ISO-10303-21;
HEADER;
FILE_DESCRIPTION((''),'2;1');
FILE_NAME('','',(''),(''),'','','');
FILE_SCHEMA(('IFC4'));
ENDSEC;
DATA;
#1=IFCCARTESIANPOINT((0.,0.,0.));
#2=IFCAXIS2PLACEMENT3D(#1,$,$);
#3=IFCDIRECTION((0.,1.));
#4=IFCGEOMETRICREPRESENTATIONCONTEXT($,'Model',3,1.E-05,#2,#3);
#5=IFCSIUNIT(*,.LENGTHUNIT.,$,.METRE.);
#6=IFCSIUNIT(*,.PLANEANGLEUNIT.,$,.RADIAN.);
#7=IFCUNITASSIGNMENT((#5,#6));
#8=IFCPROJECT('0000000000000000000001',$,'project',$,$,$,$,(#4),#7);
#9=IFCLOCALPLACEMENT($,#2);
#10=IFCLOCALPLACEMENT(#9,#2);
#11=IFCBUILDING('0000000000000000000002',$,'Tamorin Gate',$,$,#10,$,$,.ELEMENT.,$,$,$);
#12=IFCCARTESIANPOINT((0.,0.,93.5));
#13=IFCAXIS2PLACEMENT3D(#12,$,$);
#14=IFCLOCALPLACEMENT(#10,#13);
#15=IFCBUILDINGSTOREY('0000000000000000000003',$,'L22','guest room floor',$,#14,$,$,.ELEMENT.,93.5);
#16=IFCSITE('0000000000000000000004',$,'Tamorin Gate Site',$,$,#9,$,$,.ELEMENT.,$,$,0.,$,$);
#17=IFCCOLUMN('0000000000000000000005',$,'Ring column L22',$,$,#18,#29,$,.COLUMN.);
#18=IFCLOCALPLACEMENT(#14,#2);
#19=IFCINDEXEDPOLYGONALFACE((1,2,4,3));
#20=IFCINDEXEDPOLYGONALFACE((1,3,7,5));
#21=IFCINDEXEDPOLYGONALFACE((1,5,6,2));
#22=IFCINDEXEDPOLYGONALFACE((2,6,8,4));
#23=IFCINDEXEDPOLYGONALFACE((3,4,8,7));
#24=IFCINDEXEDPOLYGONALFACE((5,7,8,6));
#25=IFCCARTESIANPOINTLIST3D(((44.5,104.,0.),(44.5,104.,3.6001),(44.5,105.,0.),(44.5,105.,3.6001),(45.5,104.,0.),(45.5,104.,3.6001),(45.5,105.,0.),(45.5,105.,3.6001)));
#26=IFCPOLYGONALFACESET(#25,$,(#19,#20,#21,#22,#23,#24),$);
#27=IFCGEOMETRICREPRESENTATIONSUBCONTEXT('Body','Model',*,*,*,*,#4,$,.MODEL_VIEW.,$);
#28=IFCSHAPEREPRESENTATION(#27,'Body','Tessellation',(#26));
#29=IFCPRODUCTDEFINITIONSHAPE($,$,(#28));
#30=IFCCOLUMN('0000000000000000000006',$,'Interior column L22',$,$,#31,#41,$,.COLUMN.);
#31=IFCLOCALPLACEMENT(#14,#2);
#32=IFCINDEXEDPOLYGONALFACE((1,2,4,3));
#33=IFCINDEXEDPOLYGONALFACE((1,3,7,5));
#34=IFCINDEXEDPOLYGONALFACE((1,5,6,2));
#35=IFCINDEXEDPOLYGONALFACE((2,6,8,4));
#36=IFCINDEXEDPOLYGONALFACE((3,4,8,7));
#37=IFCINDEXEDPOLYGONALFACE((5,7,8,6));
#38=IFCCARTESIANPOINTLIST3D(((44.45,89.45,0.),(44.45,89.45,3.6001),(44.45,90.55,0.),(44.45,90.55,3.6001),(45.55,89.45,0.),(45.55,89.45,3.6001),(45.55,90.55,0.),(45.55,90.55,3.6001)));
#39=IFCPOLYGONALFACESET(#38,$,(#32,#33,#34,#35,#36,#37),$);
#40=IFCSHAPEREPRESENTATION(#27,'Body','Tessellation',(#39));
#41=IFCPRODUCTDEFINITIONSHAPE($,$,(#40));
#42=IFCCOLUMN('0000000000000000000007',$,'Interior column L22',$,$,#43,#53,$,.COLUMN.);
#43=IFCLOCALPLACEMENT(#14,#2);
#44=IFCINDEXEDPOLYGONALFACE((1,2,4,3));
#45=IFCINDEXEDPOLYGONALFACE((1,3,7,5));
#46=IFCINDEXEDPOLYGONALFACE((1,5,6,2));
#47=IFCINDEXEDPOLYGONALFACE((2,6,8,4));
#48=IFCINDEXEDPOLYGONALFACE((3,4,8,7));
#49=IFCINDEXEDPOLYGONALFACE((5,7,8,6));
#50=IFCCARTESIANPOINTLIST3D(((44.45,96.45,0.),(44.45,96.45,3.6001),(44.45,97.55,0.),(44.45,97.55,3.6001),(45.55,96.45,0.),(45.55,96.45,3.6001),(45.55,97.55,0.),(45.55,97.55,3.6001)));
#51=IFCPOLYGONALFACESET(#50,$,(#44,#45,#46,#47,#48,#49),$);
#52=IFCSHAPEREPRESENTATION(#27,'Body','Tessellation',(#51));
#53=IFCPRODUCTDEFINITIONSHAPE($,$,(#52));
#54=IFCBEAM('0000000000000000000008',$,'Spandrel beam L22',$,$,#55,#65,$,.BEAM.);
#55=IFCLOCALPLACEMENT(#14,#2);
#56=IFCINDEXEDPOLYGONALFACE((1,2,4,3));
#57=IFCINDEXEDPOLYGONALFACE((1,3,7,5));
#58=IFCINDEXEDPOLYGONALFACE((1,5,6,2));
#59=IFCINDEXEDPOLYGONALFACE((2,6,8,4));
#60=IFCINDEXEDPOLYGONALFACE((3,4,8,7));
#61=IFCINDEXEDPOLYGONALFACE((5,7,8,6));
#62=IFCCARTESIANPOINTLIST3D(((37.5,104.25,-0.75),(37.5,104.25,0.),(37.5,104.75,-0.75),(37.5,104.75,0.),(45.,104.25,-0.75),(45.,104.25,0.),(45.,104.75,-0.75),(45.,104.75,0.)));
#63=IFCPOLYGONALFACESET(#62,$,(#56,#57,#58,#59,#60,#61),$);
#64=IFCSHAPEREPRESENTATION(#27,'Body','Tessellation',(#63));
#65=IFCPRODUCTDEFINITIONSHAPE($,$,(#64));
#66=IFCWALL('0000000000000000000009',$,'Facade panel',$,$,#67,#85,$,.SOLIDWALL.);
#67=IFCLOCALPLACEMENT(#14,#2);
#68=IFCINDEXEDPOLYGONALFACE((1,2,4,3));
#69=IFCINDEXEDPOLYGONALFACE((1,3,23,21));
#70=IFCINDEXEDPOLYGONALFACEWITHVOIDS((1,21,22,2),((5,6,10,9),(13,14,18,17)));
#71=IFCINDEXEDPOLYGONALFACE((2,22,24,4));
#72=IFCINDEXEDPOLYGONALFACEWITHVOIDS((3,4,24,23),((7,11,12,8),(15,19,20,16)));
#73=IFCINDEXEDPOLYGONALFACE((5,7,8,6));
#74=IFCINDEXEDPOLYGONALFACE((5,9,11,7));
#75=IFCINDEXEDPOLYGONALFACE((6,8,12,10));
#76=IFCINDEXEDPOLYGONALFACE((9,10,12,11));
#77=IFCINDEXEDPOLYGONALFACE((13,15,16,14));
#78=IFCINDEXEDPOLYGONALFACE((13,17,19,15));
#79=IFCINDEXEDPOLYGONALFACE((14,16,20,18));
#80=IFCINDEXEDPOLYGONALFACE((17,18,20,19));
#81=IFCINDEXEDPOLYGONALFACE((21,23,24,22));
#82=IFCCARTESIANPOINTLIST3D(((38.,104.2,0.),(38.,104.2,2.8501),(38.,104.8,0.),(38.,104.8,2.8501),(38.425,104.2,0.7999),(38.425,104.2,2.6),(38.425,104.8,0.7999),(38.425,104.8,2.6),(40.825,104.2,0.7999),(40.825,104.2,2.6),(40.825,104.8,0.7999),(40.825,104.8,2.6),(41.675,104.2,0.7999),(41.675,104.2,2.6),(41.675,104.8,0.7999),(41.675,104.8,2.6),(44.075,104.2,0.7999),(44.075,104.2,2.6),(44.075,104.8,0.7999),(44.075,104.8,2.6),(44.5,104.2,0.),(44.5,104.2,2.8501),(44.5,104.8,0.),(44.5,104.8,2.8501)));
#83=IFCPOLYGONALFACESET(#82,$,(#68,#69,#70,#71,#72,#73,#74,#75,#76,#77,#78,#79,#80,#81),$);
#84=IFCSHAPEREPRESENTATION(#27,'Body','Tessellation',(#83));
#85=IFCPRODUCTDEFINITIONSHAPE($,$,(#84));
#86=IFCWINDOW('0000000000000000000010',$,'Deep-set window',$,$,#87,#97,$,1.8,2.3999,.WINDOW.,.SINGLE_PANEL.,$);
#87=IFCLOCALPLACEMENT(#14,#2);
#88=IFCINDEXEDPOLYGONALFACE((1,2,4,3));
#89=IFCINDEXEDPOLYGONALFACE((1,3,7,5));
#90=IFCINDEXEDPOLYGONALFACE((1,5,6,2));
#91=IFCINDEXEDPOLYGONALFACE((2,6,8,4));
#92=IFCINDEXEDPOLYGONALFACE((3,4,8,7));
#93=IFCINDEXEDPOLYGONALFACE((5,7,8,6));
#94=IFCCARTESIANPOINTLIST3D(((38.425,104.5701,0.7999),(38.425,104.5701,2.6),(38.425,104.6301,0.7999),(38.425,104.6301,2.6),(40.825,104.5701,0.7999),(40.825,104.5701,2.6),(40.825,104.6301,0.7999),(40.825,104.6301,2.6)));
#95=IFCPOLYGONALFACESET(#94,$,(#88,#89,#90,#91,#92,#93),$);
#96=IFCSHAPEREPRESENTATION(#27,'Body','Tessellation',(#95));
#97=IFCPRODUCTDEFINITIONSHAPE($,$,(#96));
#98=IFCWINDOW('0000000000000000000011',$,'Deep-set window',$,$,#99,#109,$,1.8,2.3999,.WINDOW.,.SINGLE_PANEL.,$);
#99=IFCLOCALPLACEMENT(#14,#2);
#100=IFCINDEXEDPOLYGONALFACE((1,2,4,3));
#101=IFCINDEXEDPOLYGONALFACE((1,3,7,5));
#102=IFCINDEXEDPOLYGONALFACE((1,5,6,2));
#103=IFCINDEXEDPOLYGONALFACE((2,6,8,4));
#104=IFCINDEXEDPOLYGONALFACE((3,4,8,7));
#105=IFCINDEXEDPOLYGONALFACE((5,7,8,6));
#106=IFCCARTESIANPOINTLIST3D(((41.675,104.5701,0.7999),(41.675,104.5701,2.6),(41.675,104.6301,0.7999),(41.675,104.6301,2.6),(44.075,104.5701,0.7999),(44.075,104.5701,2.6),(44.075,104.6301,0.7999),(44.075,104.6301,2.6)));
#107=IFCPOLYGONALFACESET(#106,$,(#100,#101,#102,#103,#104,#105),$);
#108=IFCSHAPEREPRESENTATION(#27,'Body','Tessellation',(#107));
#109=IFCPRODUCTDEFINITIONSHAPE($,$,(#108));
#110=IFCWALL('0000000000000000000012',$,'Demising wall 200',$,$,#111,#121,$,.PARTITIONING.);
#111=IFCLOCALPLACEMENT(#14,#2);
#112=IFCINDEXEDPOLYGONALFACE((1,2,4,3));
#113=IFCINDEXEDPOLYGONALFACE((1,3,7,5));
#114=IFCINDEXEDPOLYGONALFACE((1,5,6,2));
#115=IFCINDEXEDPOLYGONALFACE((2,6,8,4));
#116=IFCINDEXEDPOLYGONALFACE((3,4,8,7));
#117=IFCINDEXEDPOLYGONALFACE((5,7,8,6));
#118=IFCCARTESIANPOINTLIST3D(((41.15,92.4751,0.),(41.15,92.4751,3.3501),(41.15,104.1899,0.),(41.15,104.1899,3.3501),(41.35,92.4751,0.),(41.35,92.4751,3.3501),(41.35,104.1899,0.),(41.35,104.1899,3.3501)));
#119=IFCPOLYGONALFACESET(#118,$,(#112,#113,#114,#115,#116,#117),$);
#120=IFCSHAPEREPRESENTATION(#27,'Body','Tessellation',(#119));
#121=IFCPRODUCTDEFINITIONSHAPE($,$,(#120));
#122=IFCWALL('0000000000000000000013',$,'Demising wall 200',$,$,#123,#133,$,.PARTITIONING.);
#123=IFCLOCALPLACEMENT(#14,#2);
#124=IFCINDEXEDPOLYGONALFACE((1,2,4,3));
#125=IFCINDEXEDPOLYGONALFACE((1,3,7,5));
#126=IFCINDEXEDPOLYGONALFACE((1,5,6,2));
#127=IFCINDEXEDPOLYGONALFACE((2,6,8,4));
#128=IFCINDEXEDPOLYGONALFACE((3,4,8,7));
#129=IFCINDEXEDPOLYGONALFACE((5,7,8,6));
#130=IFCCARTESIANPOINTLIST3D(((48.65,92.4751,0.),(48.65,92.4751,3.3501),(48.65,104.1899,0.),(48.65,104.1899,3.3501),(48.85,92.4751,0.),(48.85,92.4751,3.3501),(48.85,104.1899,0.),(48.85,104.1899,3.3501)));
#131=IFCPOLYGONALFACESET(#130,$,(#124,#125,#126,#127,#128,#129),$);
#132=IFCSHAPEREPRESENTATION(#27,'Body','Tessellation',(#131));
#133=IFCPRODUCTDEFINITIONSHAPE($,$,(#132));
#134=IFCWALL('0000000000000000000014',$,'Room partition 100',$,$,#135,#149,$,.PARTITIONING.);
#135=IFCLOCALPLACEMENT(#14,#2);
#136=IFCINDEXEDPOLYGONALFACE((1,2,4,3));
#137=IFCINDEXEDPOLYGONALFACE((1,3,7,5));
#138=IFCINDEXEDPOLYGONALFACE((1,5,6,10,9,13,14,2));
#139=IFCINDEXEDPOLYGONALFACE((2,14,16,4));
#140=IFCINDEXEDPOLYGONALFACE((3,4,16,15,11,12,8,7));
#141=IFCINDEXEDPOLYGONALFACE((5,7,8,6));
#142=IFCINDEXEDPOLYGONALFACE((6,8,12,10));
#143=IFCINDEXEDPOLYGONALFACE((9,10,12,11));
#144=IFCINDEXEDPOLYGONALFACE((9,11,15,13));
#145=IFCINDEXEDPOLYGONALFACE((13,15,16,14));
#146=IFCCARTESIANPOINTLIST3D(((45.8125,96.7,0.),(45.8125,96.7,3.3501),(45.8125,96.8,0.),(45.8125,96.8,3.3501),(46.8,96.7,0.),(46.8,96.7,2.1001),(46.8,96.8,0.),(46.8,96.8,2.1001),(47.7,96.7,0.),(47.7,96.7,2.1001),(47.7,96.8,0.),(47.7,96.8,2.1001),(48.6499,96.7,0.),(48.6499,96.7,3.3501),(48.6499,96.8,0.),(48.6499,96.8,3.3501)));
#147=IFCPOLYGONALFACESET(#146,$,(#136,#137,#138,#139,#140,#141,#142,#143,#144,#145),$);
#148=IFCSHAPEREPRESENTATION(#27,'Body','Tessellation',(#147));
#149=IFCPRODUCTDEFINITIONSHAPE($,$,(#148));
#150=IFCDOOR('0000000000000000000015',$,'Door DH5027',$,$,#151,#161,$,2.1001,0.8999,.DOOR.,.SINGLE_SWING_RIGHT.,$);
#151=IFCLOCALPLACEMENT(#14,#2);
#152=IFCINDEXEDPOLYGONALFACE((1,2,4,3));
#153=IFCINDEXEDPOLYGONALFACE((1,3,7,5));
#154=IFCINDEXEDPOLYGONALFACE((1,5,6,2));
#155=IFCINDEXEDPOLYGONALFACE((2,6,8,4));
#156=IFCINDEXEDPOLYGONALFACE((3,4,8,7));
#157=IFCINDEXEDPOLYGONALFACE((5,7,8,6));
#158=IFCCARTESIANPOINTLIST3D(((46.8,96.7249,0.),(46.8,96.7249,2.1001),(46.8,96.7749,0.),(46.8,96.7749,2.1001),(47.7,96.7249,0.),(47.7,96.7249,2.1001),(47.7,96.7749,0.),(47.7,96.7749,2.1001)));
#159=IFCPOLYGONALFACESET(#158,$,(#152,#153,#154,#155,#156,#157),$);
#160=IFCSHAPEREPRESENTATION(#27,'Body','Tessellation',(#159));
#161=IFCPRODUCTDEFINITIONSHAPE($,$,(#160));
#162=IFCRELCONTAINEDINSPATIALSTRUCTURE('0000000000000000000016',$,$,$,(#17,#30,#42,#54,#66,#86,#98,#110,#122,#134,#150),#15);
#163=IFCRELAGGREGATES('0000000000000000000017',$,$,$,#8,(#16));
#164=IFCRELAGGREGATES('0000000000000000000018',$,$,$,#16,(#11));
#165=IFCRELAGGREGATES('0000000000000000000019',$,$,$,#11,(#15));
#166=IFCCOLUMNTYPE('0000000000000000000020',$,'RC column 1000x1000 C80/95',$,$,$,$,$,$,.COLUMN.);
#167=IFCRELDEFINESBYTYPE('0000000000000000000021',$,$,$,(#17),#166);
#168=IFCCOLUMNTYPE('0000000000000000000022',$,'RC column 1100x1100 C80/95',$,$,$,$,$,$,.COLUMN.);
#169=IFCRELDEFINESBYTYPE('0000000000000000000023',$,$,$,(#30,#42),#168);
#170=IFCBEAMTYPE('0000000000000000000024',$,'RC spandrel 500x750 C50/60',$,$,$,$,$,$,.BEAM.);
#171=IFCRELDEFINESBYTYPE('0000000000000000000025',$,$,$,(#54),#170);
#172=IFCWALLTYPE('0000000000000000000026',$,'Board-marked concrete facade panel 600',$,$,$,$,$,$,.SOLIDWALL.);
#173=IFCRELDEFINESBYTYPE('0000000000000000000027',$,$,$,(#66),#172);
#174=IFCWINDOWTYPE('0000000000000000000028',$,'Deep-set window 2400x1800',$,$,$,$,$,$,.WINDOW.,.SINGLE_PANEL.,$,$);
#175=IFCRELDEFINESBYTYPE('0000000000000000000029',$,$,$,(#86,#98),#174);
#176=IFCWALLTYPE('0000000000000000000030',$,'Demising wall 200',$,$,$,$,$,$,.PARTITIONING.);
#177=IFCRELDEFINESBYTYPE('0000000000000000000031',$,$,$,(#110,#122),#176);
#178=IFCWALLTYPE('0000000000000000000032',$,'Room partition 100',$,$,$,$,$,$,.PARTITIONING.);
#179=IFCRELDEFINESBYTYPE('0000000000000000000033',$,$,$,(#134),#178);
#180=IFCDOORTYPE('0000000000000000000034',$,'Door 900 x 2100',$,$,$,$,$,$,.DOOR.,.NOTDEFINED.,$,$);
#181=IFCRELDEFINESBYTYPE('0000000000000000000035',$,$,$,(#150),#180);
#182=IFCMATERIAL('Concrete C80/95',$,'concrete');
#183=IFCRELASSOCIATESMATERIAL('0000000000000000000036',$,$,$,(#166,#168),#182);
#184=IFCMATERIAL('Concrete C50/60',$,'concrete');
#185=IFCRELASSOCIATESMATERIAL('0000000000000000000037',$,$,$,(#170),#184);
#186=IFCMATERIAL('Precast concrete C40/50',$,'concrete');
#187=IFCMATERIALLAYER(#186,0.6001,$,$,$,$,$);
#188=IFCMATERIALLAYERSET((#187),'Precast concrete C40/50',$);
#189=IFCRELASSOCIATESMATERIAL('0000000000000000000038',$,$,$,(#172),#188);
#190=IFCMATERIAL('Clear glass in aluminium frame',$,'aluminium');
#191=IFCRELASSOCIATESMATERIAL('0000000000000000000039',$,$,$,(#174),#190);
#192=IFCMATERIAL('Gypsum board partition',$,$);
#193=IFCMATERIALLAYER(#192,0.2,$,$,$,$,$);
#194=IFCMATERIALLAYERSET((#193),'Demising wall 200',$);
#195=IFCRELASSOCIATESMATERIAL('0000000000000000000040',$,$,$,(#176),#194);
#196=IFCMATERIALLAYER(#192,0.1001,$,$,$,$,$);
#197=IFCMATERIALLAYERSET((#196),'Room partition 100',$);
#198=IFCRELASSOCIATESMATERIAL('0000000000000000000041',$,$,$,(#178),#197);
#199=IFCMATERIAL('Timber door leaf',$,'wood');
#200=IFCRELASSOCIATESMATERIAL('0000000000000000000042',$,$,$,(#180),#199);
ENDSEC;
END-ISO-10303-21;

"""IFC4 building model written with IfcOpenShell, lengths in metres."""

from ifc_helpers import new_model, si_unit, direction, frame, frame_2d, origin, origin_2d, place, context, subcontext, project, spatial, rectangle, extrude, material, layer, layer_set, material_profile, profile_set, type_object, element, fill, save


model = new_model("IFC4")

# Units and contexts
model_context = context("Model", 3, precision=1e-05, world=origin(), true_north=direction((0.0, 1.0)))
body_context = subcontext(model_context, "Body", "Model", "MODEL_VIEW")
ifc_project = project(units=[si_unit("LENGTHUNIT", "METRE"), si_unit("PLANEANGLEUNIT", "RADIAN")], contexts=[model_context])

# Site, building, storey
site_placement = place(None, origin())
site = spatial("IfcSite", under=ifc_project, at=site_placement, Name="Tamorin Gate Site", CompositionType="ELEMENT", RefElevation=0.0)
building_placement = place(site_placement, origin())
building = spatial("IfcBuilding", under=site, at=building_placement, Name="Tamorin Gate", CompositionType="ELEMENT")
storey_placement = place(building_placement, frame((0.0, 0.0, 93.5)))
storey = spatial("IfcBuildingStorey", under=building, at=storey_placement, Name="L22", Description="guest room floor", CompositionType="ELEMENT", Elevation=93.5)

# Columns
ifc_material_1 = material(Name="Concrete C80/95", Category="concrete")
ifc_material_profile_1 = material_profile(ifc_material_1, rectangle(XDim=1.0, YDim=1.0, at=origin_2d()), Name="RC 1000x1000")
ifc_profile_set_1 = profile_set([ifc_material_profile_1], Name="Concrete C80/95")
column_type_1 = type_object("IfcColumnType", Name="RC column 1000x1000 C80/95", PredefinedType="COLUMN", material=ifc_profile_set_1)
column_placement = place(storey_placement, frame((45.0, 104.5, 0.0), z_axis=(0.0, 0.0, 1.0), x_axis=(1.0, 0.0, 0.0)))
element("IfcColumn", 1, at=column_placement, inside=storey, type_object=column_type_1, Name="Ring column L22", PredefinedType="COLUMN", context=body_context, shape_type="SweptSolid", body=[
    extrude(rectangle(XDim=1.0, YDim=1.0, at=origin_2d()), origin(), (0.0, 0.0, 1.0), 3.6001),
])
ifc_material_profile_2 = material_profile(ifc_material_1, rectangle(XDim=1.1001, YDim=1.1001, at=origin_2d()), Name="RC 1100x1100")
ifc_profile_set_2 = profile_set([ifc_material_profile_2], Name="Concrete C80/95")
column_type_2 = type_object("IfcColumnType", Name="RC column 1100x1100 C80/95", PredefinedType="COLUMN", material=ifc_profile_set_2)
for number, where, z_axis, x_axis, name in (
    (2, (45.0, 90.0, 0.0), (0.0, 0.0, 1.0), (1.0, 0.0, 0.0), "Interior column L22"),
    (3, (45.0, 97.0, 0.0), (0.0, 0.0, 1.0), (1.0, 0.0, 0.0), "Interior column L22"),
):
    element("IfcColumn", number, at=place(storey_placement, frame(where, z_axis=z_axis, x_axis=x_axis)), inside=storey, type_object=column_type_2, Name=name, PredefinedType="COLUMN", context=body_context, shape_type="SweptSolid", body=[
        extrude(rectangle(XDim=1.1001, YDim=1.1001, at=origin_2d()), origin(), (0.0, 0.0, 1.0), 3.6001),
    ])

# Beam
ifc_material_2 = material(Name="Concrete C50/60", Category="concrete")
ifc_material_profile_3 = material_profile(ifc_material_2, rectangle(XDim=0.5, YDim=0.75, at=origin_2d()), Name="RC 500x750")
ifc_profile_set_3 = profile_set([ifc_material_profile_3], Name="Concrete C50/60")
beam_type = type_object("IfcBeamType", Name="RC spandrel 500x750 C50/60", PredefinedType="BEAM", material=ifc_profile_set_3)
beam_placement = place(storey_placement, frame((45.0, 104.5, -0.375), z_axis=(-1.0, 0.0, 0.0), x_axis=(0.0, -1.0, 0.0)))
element("IfcBeam", 4, at=beam_placement, inside=storey, type_object=beam_type, Name="Spandrel beam L22", PredefinedType="BEAM", context=body_context, shape_type="SweptSolid", body=[
    extrude(rectangle(XDim=0.5, YDim=0.75, at=origin_2d()), origin(), (0.0, 0.0, 1.0), 7.5),
])

# Wall, openings, windows
ifc_material_3 = material(Name="Precast concrete C40/50", Category="concrete")
ifc_layer_1 = layer(ifc_material_3, 0.6001)
ifc_layer_set_1 = layer_set([ifc_layer_1], Name="Precast concrete C40/50")
wall_type_1 = type_object("IfcWallType", Name="Board-marked concrete facade panel 600", PredefinedType="SOLIDWALL", material=ifc_layer_set_1)
wall_1_placement = place(storey_placement, frame((44.5, 104.5, 0.0), z_axis=(0.0, 0.0, 1.0), x_axis=(-1.0, 0.0, 0.0)))
wall_1 = element("IfcWall", 5, at=wall_1_placement, inside=storey, type_object=wall_type_1, Name="Facade panel", PredefinedType="SOLIDWALL", context=body_context, shape_type="SweptSolid", body=[
    extrude(rectangle(XDim=6.5, YDim=0.6001, at=frame_2d((3.25, 0.0))), origin(), (0.0, 0.0, 1.0), 2.8501),
])
opening_1_placement = place(wall_1_placement, frame((3.675, 0.0, 0.8)))
opening_1 = element("IfcOpeningElement", 6, at=opening_1_placement, cuts=wall_1, PredefinedType="OPENING", context=body_context, shape_type="SweptSolid", body=[
    extrude(rectangle(XDim=2.3999, YDim=1.8, at=frame_2d((1.2, 0.8999))), frame((0.0, 0.3101, 0.0), z_axis=(0.0, -1.0, 0.0), x_axis=(1.0, 0.0, 0.0)), (0.0, 0.0, 1.0), 0.6201),
])
opening_2_placement = place(wall_1_placement, frame((0.425, 0.0, 0.8)))
opening_2 = element("IfcOpeningElement", 7, at=opening_2_placement, cuts=wall_1, PredefinedType="OPENING", context=body_context, shape_type="SweptSolid", body=[
    extrude(rectangle(XDim=2.3999, YDim=1.8, at=frame_2d((1.2, 0.8999))), frame((0.0, 0.3101, 0.0), z_axis=(0.0, -1.0, 0.0), x_axis=(1.0, 0.0, 0.0)), (0.0, 0.0, 1.0), 0.6201),
])
ifc_material_4 = material(Name="Clear glass in aluminium frame", Category="aluminium")
window_type = type_object("IfcWindowType", Name="Deep-set window 2400x1800", PartitioningType="SINGLE_PANEL", PredefinedType="WINDOW", material=ifc_material_4)
window_1_placement = place(opening_1_placement, origin())
window_1 = element("IfcWindow", 8, at=window_1_placement, inside=storey, type_object=window_type, Name="Deep-set window", OverallHeight=1.8, OverallWidth=2.3999, PartitioningType="SINGLE_PANEL", PredefinedType="WINDOW", context=body_context, shape_type="SweptSolid", body=[
    extrude(rectangle(XDim=2.3999, YDim=1.8, at=frame_2d((1.2, 0.8999))), frame((0.0, -0.0701, 0.0), z_axis=(0.0, -1.0, 0.0), x_axis=(1.0, 0.0, 0.0)), (0.0, 0.0, 1.0), 0.0601),
])
fill(opening_1, window_1)
window_2_placement = place(opening_2_placement, origin())
window_2 = element("IfcWindow", 9, at=window_2_placement, inside=storey, type_object=window_type, Name="Deep-set window", OverallHeight=1.8, OverallWidth=2.3999, PartitioningType="SINGLE_PANEL", PredefinedType="WINDOW", context=body_context, shape_type="SweptSolid", body=[
    extrude(rectangle(XDim=2.3999, YDim=1.8, at=frame_2d((1.2, 0.8999))), frame((0.0, -0.0701, 0.0), z_axis=(0.0, -1.0, 0.0), x_axis=(1.0, 0.0, 0.0)), (0.0, 0.0, 1.0), 0.0601),
])
fill(opening_2, window_2)

# Walls
ifc_material_5 = material(Name="Gypsum board partition")
ifc_layer_2 = layer(ifc_material_5, 0.2)
ifc_layer_set_2 = layer_set([ifc_layer_2], Name="Demising wall 200")
wall_type_2 = type_object("IfcWallType", Name="Demising wall 200", PredefinedType="PARTITIONING", material=ifc_layer_set_2)
for number, where, z_axis, x_axis, name in (
    (10, (41.25, 92.4751, 0.0), (0.0, 0.0, 1.0), (0.0, 1.0, 0.0), "Demising wall 200"),
    (11, (48.75, 92.4751, 0.0), (0.0, 0.0, 1.0), (0.0, 1.0, 0.0), "Demising wall 200"),
):
    element("IfcWall", number, at=place(storey_placement, frame(where, z_axis=z_axis, x_axis=x_axis)), inside=storey, type_object=wall_type_2, Name=name, PredefinedType="PARTITIONING", context=body_context, shape_type="SweptSolid", body=[
        extrude(rectangle(XDim=11.7148, YDim=0.2, at=frame_2d((5.8574, 0.0))), origin(), (0.0, 0.0, 1.0), 3.3501),
    ])

# Wall, opening, door
ifc_layer_3 = layer(ifc_material_5, 0.1001)
ifc_layer_set_3 = layer_set([ifc_layer_3], Name="Room partition 100")
wall_type_3 = type_object("IfcWallType", Name="Room partition 100", PredefinedType="PARTITIONING", material=ifc_layer_set_3)
wall_2_placement = place(storey_placement, frame((45.8125, 96.75, 0.0), z_axis=(0.0, 0.0, 1.0), x_axis=(1.0, 0.0, 0.0)))
wall_2 = element("IfcWall", 12, at=wall_2_placement, inside=storey, type_object=wall_type_3, Name="Room partition 100", PredefinedType="PARTITIONING", context=body_context, shape_type="SweptSolid", body=[
    extrude(rectangle(XDim=2.8374, YDim=0.1001, at=frame_2d((1.4187, 0.0))), origin(), (0.0, 0.0, 1.0), 3.3501),
])
opening_3_placement = place(wall_2_placement, frame((0.9875, 0.0, 0.0)))
opening_3 = element("IfcOpeningElement", 13, at=opening_3_placement, cuts=wall_2, PredefinedType="OPENING", context=body_context, shape_type="SweptSolid", body=[
    extrude(rectangle(XDim=0.8999, YDim=2.1001, at=frame_2d((0.45, 1.05))), frame((0.0, 0.0601, 0.0), z_axis=(0.0, -1.0, 0.0), x_axis=(1.0, 0.0, 0.0)), (0.0, 0.0, 1.0), 0.1201),
])
ifc_material_6 = material(Name="Timber door leaf", Category="wood")
door_type = type_object("IfcDoorType", Name="Door 900 x 2100", OperationType="NOTDEFINED", PredefinedType="DOOR", material=ifc_material_6)
door_1_placement = place(opening_3_placement, origin())
door_1 = element("IfcDoor", 14, at=door_1_placement, inside=storey, type_object=door_type, Name="Door DH5027", OperationType="SINGLE_SWING_RIGHT", OverallHeight=2.1001, OverallWidth=0.8999, PredefinedType="DOOR", context=body_context, shape_type="SweptSolid", body=[
    extrude(rectangle(XDim=0.8999, YDim=2.1001, at=frame_2d((0.45, 1.05))), frame((0.0, 0.0249, 0.0), z_axis=(0.0, -1.0, 0.0), x_axis=(1.0, 0.0, 0.0)), (0.0, 0.0, 1.0), 0.05),
])
fill(opening_3, door_1)

save(model, "model.ifc")
